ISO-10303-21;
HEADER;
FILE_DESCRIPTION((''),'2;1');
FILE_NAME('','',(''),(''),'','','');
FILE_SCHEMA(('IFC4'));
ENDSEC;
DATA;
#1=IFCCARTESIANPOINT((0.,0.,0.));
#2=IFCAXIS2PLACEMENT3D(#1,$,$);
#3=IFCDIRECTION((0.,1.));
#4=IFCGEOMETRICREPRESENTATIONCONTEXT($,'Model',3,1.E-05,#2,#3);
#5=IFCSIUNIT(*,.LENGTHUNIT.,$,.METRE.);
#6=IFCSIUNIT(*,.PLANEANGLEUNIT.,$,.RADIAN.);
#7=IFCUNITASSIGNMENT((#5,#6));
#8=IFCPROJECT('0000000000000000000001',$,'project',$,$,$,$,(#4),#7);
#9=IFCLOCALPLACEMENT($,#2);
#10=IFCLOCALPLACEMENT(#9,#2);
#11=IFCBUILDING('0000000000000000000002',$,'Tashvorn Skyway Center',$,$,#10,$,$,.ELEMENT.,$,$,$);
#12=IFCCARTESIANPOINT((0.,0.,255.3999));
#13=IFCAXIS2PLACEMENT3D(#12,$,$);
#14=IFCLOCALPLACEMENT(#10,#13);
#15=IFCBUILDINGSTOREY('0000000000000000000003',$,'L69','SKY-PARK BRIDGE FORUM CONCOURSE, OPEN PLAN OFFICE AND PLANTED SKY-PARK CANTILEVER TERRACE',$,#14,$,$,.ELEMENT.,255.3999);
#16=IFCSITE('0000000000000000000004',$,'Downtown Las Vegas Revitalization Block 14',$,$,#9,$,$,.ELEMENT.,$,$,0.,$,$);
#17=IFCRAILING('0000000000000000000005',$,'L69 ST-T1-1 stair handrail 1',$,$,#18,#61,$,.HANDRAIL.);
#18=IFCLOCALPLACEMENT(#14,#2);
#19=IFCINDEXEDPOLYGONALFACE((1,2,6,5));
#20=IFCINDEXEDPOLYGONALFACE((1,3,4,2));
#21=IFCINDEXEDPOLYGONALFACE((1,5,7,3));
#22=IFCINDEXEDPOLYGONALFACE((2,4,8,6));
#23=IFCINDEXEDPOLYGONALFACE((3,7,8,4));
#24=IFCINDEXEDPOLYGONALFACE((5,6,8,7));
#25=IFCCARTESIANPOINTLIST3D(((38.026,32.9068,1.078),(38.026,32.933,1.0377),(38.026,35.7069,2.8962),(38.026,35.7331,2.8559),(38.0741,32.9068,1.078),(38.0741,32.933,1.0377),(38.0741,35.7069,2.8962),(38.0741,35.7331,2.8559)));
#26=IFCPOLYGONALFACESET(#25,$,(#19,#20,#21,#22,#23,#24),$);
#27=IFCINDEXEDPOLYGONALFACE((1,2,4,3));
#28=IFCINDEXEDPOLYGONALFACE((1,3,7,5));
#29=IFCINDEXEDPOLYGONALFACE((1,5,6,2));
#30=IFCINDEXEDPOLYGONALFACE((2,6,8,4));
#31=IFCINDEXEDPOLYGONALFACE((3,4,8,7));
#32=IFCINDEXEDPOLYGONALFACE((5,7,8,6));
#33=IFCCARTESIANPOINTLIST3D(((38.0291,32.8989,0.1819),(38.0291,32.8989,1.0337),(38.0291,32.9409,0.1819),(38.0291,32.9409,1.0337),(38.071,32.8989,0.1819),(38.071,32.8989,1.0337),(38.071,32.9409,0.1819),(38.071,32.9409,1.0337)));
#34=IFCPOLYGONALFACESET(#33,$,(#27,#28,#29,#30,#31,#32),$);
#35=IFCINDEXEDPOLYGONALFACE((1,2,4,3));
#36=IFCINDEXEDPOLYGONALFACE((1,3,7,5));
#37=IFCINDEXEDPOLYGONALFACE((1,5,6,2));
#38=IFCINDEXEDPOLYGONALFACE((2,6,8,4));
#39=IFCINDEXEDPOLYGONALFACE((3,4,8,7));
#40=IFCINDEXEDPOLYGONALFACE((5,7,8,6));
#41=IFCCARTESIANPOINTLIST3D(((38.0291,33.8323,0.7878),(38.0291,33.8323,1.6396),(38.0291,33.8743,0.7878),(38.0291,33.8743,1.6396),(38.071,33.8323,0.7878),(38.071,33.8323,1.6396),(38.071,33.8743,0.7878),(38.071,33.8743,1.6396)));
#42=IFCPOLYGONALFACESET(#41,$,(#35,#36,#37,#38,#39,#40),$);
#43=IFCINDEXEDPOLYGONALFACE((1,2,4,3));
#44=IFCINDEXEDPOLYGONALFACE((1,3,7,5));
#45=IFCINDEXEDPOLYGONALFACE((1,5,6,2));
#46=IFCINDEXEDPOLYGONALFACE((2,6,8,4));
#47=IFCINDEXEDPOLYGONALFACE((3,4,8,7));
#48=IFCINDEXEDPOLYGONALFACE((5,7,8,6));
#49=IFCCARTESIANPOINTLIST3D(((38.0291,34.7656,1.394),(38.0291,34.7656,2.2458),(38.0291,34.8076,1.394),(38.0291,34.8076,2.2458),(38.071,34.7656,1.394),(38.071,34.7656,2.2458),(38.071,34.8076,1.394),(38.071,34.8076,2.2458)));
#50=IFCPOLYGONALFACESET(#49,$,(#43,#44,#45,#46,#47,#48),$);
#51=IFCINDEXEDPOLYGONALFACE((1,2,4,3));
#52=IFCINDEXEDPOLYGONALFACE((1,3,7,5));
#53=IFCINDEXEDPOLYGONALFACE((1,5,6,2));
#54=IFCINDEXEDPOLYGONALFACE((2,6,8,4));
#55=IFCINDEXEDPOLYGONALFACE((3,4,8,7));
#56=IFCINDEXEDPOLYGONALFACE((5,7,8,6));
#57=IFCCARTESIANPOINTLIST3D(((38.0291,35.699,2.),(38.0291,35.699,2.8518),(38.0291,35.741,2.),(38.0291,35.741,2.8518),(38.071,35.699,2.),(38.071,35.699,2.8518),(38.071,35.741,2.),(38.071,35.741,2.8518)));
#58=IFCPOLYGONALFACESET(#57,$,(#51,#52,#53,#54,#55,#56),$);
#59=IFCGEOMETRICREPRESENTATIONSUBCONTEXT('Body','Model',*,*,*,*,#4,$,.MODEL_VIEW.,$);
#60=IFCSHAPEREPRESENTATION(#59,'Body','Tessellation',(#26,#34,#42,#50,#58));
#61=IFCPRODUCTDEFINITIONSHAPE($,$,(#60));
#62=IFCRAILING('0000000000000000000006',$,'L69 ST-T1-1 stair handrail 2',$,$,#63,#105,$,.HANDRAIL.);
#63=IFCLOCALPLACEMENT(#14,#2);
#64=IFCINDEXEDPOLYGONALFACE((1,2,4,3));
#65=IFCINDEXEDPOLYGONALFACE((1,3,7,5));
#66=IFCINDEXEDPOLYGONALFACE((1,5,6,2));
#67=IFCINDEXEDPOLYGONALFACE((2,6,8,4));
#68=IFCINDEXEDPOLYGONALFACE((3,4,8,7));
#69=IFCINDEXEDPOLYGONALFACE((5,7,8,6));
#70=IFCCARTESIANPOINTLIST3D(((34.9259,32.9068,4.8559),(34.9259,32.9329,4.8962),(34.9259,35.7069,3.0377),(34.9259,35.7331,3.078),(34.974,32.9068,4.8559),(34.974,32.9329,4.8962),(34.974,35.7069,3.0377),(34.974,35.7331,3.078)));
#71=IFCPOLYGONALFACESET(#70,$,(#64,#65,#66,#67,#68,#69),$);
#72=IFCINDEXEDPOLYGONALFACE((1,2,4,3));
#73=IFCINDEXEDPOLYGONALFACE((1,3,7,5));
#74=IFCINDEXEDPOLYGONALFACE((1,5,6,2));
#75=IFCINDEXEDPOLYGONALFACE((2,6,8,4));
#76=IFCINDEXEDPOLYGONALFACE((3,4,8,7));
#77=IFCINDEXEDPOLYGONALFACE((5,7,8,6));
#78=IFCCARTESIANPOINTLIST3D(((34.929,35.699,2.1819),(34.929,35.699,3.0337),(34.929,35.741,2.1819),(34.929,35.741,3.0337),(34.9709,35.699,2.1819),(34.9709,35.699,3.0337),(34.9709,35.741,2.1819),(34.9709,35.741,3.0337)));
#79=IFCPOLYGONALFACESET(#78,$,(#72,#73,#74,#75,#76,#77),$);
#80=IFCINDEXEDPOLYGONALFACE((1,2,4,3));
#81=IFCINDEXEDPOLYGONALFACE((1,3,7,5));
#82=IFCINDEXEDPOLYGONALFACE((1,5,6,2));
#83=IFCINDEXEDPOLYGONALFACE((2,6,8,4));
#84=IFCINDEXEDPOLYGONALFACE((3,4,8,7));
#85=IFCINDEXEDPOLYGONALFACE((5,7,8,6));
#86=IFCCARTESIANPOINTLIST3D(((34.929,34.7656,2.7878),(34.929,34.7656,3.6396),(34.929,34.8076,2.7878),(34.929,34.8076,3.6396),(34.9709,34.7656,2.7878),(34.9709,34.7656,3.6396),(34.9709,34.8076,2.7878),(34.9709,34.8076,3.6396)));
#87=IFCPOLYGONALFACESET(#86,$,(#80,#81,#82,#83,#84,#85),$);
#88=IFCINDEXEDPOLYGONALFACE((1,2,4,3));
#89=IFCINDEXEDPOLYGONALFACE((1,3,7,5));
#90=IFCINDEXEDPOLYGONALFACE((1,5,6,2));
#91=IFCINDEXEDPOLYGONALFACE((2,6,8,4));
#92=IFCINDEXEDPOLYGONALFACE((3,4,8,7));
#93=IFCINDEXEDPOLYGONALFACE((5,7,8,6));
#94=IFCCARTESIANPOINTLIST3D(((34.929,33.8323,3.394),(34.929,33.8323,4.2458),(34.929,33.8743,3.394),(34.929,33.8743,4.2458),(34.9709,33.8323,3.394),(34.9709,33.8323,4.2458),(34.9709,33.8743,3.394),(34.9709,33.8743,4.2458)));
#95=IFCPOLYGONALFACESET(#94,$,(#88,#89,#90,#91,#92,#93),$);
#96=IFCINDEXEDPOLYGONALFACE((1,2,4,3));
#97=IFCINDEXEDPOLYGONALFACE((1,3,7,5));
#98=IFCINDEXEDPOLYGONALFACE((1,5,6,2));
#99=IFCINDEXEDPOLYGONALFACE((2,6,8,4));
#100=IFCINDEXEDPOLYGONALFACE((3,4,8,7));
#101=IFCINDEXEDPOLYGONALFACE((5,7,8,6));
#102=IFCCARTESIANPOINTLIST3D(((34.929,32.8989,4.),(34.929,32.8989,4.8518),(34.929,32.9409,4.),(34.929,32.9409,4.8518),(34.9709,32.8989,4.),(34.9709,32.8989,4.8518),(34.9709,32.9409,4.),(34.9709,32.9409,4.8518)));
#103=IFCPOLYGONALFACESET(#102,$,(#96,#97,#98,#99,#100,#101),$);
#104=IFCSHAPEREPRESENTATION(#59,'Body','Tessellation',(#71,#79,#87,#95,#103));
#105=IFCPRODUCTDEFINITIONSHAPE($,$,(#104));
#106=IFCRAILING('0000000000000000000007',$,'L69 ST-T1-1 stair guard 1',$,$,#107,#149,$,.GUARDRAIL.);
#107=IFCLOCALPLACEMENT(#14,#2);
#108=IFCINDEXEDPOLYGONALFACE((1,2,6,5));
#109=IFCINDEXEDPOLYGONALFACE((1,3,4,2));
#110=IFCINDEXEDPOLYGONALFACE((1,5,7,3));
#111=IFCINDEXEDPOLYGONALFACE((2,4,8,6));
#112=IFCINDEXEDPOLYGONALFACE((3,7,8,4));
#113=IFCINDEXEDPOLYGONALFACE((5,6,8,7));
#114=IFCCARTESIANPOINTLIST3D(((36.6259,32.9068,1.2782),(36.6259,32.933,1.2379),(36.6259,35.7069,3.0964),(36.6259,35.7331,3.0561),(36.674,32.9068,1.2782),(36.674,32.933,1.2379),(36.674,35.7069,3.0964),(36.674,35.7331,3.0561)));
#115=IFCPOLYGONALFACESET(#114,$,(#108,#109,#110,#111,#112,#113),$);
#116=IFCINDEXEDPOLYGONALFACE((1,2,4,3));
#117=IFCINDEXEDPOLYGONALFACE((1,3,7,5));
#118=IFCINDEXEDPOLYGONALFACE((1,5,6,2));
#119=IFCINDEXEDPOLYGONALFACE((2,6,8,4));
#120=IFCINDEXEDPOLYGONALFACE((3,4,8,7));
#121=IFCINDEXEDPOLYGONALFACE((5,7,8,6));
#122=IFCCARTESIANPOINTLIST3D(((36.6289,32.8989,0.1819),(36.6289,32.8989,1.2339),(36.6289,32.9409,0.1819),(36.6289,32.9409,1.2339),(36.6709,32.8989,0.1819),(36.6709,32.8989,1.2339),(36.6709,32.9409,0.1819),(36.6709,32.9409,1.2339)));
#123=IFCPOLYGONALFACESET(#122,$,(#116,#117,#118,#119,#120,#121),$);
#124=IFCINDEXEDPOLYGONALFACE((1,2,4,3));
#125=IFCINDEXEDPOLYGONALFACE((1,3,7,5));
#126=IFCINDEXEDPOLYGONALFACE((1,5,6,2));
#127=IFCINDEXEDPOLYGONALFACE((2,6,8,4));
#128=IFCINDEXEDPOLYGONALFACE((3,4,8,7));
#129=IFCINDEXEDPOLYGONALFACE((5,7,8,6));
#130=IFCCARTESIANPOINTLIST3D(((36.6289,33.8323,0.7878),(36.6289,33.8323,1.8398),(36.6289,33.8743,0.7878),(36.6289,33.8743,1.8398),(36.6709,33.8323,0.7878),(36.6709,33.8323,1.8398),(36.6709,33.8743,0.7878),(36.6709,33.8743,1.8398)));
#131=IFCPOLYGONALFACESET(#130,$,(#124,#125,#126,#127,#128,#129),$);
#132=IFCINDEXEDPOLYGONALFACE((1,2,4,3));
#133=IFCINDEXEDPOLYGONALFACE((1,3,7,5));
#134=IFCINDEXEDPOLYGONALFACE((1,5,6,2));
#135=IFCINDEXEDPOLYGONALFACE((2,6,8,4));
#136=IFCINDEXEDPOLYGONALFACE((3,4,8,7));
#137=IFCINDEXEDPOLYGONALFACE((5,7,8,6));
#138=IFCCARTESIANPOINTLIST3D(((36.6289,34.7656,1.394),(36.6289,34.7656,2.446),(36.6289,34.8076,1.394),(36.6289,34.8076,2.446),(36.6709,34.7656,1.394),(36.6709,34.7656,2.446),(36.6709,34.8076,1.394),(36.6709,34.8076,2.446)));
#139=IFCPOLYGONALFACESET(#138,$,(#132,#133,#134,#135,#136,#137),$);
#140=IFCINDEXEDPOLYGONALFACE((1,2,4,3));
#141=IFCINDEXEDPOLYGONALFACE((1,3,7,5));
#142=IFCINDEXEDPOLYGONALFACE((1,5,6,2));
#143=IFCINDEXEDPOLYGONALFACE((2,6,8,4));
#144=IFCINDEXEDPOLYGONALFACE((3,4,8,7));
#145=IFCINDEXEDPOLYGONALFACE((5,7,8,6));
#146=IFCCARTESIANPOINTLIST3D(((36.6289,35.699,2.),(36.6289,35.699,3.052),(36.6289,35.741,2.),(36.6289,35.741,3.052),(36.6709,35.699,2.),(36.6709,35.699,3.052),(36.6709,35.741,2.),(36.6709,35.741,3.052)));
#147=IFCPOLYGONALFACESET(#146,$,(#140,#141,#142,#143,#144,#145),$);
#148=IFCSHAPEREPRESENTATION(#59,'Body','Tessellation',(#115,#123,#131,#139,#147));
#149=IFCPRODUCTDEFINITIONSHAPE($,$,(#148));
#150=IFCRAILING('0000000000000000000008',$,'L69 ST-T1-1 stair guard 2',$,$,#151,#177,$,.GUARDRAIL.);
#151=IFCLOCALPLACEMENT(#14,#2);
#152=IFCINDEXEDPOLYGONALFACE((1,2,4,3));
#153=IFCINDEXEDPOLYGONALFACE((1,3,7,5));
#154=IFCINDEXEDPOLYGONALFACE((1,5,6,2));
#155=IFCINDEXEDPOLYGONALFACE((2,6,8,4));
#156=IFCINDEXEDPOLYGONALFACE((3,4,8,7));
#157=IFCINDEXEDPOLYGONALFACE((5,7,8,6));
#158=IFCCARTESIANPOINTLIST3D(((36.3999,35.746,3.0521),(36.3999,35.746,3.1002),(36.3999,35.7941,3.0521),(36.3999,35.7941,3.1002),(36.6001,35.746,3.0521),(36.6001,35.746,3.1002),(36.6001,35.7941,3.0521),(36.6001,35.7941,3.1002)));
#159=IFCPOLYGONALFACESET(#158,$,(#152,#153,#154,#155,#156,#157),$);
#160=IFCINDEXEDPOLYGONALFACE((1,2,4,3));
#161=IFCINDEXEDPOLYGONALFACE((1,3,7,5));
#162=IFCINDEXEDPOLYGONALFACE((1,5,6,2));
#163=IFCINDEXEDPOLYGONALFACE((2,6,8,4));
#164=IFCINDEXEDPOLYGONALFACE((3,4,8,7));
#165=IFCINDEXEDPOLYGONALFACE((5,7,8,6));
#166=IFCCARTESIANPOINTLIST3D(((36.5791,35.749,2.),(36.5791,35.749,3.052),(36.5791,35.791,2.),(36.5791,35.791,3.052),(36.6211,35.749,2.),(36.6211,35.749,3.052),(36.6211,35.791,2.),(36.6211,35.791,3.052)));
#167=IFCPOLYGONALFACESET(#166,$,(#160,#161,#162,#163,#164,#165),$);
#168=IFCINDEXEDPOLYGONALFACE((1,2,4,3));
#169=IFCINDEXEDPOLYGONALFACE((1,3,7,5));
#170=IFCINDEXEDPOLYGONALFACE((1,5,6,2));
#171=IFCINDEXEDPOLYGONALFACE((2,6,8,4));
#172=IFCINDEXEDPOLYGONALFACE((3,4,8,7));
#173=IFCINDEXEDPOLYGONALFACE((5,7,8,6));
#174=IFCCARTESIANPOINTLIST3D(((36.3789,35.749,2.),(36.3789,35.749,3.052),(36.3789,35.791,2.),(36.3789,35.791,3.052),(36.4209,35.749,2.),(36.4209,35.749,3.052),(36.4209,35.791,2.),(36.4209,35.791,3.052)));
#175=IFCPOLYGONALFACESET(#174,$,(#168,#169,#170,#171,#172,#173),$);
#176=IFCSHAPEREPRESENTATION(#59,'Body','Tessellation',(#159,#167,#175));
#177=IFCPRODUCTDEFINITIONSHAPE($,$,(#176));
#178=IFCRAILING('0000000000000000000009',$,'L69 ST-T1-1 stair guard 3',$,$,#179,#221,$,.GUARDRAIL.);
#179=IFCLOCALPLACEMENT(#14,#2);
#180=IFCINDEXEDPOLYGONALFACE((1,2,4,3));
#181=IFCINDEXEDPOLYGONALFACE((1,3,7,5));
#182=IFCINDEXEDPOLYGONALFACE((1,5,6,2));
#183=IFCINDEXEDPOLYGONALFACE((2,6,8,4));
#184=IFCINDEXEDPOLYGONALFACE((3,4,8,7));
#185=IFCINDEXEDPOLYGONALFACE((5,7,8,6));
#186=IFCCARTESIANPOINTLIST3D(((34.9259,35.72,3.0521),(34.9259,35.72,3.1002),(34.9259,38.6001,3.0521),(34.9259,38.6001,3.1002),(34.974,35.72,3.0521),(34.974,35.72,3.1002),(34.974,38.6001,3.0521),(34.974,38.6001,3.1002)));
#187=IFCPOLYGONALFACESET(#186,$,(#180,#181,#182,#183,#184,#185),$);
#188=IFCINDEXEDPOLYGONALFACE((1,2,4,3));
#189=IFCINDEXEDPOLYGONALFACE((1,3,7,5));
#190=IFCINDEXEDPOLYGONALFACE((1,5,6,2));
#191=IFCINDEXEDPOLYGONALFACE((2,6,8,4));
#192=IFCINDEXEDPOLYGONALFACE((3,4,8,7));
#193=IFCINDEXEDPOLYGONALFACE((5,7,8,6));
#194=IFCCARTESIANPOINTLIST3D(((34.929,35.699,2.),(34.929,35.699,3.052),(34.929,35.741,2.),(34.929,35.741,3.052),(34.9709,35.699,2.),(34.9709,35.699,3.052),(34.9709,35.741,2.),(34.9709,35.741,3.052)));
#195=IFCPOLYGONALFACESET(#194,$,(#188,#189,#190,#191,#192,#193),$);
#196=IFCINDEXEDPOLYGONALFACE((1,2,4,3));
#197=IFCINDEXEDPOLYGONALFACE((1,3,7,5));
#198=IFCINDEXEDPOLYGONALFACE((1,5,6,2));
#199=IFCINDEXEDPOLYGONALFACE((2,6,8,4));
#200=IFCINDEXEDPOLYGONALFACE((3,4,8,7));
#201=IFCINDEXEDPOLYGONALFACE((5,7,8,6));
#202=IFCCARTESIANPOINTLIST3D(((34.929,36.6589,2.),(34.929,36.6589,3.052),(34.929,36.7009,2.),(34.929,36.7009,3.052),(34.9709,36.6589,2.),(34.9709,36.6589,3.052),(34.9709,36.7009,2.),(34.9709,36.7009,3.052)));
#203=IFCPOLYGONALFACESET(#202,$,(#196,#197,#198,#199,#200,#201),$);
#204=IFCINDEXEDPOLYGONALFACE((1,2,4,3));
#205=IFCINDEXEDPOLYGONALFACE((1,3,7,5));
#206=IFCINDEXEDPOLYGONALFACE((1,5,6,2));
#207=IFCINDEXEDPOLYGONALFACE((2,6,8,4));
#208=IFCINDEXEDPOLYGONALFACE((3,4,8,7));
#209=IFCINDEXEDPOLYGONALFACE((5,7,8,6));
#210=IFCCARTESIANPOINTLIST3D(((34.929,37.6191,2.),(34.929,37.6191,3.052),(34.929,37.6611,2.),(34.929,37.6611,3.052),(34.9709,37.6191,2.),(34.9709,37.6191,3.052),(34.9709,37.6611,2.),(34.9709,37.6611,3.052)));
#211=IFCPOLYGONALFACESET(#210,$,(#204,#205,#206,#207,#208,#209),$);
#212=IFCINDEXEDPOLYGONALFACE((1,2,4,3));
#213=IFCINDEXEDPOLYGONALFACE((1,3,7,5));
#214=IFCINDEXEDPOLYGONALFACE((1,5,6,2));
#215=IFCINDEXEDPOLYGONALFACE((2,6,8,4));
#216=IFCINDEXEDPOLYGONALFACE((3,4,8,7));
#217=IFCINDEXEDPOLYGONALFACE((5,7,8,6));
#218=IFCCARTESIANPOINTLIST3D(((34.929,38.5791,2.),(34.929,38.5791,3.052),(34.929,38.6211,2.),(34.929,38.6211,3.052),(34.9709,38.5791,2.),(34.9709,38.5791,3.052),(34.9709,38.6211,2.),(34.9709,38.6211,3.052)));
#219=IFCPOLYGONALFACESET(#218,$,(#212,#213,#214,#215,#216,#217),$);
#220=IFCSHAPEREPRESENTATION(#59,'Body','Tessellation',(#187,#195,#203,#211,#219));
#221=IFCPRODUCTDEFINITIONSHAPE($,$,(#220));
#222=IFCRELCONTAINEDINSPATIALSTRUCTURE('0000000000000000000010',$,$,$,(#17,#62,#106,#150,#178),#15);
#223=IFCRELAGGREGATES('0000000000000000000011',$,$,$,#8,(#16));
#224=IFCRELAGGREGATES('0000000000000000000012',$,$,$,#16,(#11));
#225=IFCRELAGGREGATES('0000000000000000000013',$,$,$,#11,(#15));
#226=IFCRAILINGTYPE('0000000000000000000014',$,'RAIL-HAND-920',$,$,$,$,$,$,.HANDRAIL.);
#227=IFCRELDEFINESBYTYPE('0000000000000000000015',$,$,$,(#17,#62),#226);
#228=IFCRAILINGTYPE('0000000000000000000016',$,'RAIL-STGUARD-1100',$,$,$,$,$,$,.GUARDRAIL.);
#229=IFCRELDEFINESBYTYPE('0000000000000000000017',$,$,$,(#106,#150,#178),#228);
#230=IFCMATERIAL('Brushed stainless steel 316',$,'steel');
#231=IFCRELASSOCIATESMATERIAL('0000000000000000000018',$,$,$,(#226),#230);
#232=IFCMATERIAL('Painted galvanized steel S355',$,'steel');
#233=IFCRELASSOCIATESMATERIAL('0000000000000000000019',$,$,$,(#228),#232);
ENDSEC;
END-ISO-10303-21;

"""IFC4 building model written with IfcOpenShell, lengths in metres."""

from ifc_helpers import new_model, si_unit, direction, frame, origin, origin_2d, place, context, subcontext, project, spatial, rectangle, extrude, material, type_object, element, save


model = new_model("IFC4")

# Units and contexts
model_context = context("Model", 3, precision=1e-05, world=origin(), true_north=direction((0.0, 1.0)))
body_context = subcontext(model_context, "Body", "Model", "MODEL_VIEW")
ifc_project = project(units=[si_unit("LENGTHUNIT", "METRE"), si_unit("PLANEANGLEUNIT", "RADIAN")], contexts=[model_context])

# Site, building, storey
site_placement = place(None, origin())
site = spatial("IfcSite", under=ifc_project, at=site_placement, Name="Downtown Las Vegas Revitalization Block 14", CompositionType="ELEMENT", RefElevation=0.0)
building_placement = place(site_placement, origin())
building = spatial("IfcBuilding", under=site, at=building_placement, Name="Tashvorn Skyway Center", CompositionType="ELEMENT")
storey_placement = place(building_placement, frame((0.0, 0.0, 255.3999)))
storey = spatial("IfcBuildingStorey", under=building, at=storey_placement, Name="L69", Description="SKY-PARK BRIDGE FORUM CONCOURSE, OPEN PLAN OFFICE AND PLANTED SKY-PARK CANTILEVER TERRACE", CompositionType="ELEMENT", Elevation=255.3999)

# Railings
ifc_material_1 = material(Name="Brushed stainless steel 316", Category="steel")
railing_type_1 = type_object("IfcRailingType", Name="RAIL-HAND-920", PredefinedType="HANDRAIL", material=ifc_material_1)
railing_1_placement = place(storey_placement, frame((38.05, 32.9199, 0.1819)))
element("IfcRailing", 1, at=railing_1_placement, inside=storey, type_object=railing_type_1, Name="L69 ST-T1-1 stair handrail 1", PredefinedType="HANDRAIL", context=body_context, shape_type="SweptSolid", body=[
    extrude(rectangle(XDim=0.0481, YDim=0.0481, at=origin_2d()), frame((0.0, 0.0, 0.876), z_axis=(0.0, 0.838706, 0.544585), x_axis=(-1.0, 0.0, 0.0)), (0.0, 0.0, 1.0), 3.3386),
    extrude(rectangle(XDim=0.042, YDim=0.042, at=origin_2d()), origin(), (0.0, 0.0, 1.0), 0.8518),
    extrude(rectangle(XDim=0.042, YDim=0.042, at=origin_2d()), frame((0.0, 0.9333, 0.606)), (0.0, 0.0, 1.0), 0.8518),
    extrude(rectangle(XDim=0.042, YDim=0.042, at=origin_2d()), frame((0.0, 1.8667, 1.2122)), (0.0, 0.0, 1.0), 0.8518),
    extrude(rectangle(XDim=0.042, YDim=0.042, at=origin_2d()), frame((0.0, 2.8, 1.8181)), (0.0, 0.0, 1.0), 0.8518),
])
railing_2_placement = place(storey_placement, frame((34.95, 35.72, 2.1819)))
element("IfcRailing", 2, at=railing_2_placement, inside=storey, type_object=railing_type_1, Name="L69 ST-T1-1 stair handrail 2", PredefinedType="HANDRAIL", context=body_context, shape_type="SweptSolid", body=[
    extrude(rectangle(XDim=0.0481, YDim=0.0481, at=origin_2d()), frame((0.0, 0.0, 0.876), z_axis=(0.0, -0.838706, 0.544585), x_axis=(1.0, 0.0, 0.0)), (0.0, 0.0, 1.0), 3.3386),
    extrude(rectangle(XDim=0.042, YDim=0.042, at=origin_2d()), origin(), (0.0, 0.0, 1.0), 0.8518),
    extrude(rectangle(XDim=0.042, YDim=0.042, at=origin_2d()), frame((0.0, -0.9333, 0.606)), (0.0, 0.0, 1.0), 0.8518),
    extrude(rectangle(XDim=0.042, YDim=0.042, at=origin_2d()), frame((0.0, -1.8667, 1.2122)), (0.0, 0.0, 1.0), 0.8518),
    extrude(rectangle(XDim=0.042, YDim=0.042, at=origin_2d()), frame((0.0, -2.8, 1.8181)), (0.0, 0.0, 1.0), 0.8518),
])
ifc_material_2 = material(Name="Painted galvanized steel S355", Category="steel")
railing_type_2 = type_object("IfcRailingType", Name="RAIL-STGUARD-1100", PredefinedType="GUARDRAIL", material=ifc_material_2)
railing_3_placement = place(storey_placement, frame((36.6499, 32.9199, 0.1819)))
element("IfcRailing", 3, at=railing_3_placement, inside=storey, type_object=railing_type_2, Name="L69 ST-T1-1 stair guard 1", PredefinedType="GUARDRAIL", context=body_context, shape_type="SweptSolid", body=[
    extrude(rectangle(XDim=0.0481, YDim=0.0481, at=origin_2d()), frame((0.0, 0.0, 1.0762), z_axis=(0.0, 0.838706, 0.544585), x_axis=(-1.0, 0.0, 0.0)), (0.0, 0.0, 1.0), 3.3386),
    extrude(rectangle(XDim=0.042, YDim=0.042, at=origin_2d()), origin(), (0.0, 0.0, 1.0), 1.052),
    extrude(rectangle(XDim=0.042, YDim=0.042, at=origin_2d()), frame((0.0, 0.9333, 0.606)), (0.0, 0.0, 1.0), 1.052),
    extrude(rectangle(XDim=0.042, YDim=0.042, at=origin_2d()), frame((0.0, 1.8667, 1.2122)), (0.0, 0.0, 1.0), 1.052),
    extrude(rectangle(XDim=0.042, YDim=0.042, at=origin_2d()), frame((0.0, 2.8, 1.8181)), (0.0, 0.0, 1.0), 1.052),
])
railing_4_placement = place(storey_placement, frame((36.6001, 35.77, 2.0)))
element("IfcRailing", 4, at=railing_4_placement, inside=storey, type_object=railing_type_2, Name="L69 ST-T1-1 stair guard 2", PredefinedType="GUARDRAIL", context=body_context, shape_type="SweptSolid", body=[
    extrude(rectangle(XDim=0.0481, YDim=0.0481, at=origin_2d()), frame((0.0, 0.0, 1.0762), z_axis=(-1.0, 0.0, 0.0), x_axis=(0.0, -1.0, 0.0)), (0.0, 0.0, 1.0), 0.2002),
    extrude(rectangle(XDim=0.042, YDim=0.042, at=origin_2d()), origin(), (0.0, 0.0, 1.0), 1.052),
    extrude(rectangle(XDim=0.042, YDim=0.042, at=origin_2d()), frame((-0.2002, 0.0, 0.0)), (0.0, 0.0, 1.0), 1.052),
])
railing_5_placement = place(storey_placement, frame((34.95, 35.72, 2.0)))
element("IfcRailing", 5, at=railing_5_placement, inside=storey, type_object=railing_type_2, Name="L69 ST-T1-1 stair guard 3", PredefinedType="GUARDRAIL", context=body_context, shape_type="SweptSolid", body=[
    extrude(rectangle(XDim=0.0481, YDim=0.0481, at=origin_2d()), frame((0.0, 0.0, 1.0762), z_axis=(0.0, 1.0, 0.0), x_axis=(-1.0, 0.0, 0.0)), (0.0, 0.0, 1.0), 2.8801),
    extrude(rectangle(XDim=0.042, YDim=0.042, at=origin_2d()), origin(), (0.0, 0.0, 1.0), 1.052),
    extrude(rectangle(XDim=0.042, YDim=0.042, at=origin_2d()), frame((0.0, 0.96, 0.0)), (0.0, 0.0, 1.0), 1.052),
    extrude(rectangle(XDim=0.042, YDim=0.042, at=origin_2d()), frame((0.0, 1.9202, 0.0)), (0.0, 0.0, 1.0), 1.052),
    extrude(rectangle(XDim=0.042, YDim=0.042, at=origin_2d()), frame((0.0, 2.8801, 0.0)), (0.0, 0.0, 1.0), 1.052),
])

save(model, "model.ifc")
